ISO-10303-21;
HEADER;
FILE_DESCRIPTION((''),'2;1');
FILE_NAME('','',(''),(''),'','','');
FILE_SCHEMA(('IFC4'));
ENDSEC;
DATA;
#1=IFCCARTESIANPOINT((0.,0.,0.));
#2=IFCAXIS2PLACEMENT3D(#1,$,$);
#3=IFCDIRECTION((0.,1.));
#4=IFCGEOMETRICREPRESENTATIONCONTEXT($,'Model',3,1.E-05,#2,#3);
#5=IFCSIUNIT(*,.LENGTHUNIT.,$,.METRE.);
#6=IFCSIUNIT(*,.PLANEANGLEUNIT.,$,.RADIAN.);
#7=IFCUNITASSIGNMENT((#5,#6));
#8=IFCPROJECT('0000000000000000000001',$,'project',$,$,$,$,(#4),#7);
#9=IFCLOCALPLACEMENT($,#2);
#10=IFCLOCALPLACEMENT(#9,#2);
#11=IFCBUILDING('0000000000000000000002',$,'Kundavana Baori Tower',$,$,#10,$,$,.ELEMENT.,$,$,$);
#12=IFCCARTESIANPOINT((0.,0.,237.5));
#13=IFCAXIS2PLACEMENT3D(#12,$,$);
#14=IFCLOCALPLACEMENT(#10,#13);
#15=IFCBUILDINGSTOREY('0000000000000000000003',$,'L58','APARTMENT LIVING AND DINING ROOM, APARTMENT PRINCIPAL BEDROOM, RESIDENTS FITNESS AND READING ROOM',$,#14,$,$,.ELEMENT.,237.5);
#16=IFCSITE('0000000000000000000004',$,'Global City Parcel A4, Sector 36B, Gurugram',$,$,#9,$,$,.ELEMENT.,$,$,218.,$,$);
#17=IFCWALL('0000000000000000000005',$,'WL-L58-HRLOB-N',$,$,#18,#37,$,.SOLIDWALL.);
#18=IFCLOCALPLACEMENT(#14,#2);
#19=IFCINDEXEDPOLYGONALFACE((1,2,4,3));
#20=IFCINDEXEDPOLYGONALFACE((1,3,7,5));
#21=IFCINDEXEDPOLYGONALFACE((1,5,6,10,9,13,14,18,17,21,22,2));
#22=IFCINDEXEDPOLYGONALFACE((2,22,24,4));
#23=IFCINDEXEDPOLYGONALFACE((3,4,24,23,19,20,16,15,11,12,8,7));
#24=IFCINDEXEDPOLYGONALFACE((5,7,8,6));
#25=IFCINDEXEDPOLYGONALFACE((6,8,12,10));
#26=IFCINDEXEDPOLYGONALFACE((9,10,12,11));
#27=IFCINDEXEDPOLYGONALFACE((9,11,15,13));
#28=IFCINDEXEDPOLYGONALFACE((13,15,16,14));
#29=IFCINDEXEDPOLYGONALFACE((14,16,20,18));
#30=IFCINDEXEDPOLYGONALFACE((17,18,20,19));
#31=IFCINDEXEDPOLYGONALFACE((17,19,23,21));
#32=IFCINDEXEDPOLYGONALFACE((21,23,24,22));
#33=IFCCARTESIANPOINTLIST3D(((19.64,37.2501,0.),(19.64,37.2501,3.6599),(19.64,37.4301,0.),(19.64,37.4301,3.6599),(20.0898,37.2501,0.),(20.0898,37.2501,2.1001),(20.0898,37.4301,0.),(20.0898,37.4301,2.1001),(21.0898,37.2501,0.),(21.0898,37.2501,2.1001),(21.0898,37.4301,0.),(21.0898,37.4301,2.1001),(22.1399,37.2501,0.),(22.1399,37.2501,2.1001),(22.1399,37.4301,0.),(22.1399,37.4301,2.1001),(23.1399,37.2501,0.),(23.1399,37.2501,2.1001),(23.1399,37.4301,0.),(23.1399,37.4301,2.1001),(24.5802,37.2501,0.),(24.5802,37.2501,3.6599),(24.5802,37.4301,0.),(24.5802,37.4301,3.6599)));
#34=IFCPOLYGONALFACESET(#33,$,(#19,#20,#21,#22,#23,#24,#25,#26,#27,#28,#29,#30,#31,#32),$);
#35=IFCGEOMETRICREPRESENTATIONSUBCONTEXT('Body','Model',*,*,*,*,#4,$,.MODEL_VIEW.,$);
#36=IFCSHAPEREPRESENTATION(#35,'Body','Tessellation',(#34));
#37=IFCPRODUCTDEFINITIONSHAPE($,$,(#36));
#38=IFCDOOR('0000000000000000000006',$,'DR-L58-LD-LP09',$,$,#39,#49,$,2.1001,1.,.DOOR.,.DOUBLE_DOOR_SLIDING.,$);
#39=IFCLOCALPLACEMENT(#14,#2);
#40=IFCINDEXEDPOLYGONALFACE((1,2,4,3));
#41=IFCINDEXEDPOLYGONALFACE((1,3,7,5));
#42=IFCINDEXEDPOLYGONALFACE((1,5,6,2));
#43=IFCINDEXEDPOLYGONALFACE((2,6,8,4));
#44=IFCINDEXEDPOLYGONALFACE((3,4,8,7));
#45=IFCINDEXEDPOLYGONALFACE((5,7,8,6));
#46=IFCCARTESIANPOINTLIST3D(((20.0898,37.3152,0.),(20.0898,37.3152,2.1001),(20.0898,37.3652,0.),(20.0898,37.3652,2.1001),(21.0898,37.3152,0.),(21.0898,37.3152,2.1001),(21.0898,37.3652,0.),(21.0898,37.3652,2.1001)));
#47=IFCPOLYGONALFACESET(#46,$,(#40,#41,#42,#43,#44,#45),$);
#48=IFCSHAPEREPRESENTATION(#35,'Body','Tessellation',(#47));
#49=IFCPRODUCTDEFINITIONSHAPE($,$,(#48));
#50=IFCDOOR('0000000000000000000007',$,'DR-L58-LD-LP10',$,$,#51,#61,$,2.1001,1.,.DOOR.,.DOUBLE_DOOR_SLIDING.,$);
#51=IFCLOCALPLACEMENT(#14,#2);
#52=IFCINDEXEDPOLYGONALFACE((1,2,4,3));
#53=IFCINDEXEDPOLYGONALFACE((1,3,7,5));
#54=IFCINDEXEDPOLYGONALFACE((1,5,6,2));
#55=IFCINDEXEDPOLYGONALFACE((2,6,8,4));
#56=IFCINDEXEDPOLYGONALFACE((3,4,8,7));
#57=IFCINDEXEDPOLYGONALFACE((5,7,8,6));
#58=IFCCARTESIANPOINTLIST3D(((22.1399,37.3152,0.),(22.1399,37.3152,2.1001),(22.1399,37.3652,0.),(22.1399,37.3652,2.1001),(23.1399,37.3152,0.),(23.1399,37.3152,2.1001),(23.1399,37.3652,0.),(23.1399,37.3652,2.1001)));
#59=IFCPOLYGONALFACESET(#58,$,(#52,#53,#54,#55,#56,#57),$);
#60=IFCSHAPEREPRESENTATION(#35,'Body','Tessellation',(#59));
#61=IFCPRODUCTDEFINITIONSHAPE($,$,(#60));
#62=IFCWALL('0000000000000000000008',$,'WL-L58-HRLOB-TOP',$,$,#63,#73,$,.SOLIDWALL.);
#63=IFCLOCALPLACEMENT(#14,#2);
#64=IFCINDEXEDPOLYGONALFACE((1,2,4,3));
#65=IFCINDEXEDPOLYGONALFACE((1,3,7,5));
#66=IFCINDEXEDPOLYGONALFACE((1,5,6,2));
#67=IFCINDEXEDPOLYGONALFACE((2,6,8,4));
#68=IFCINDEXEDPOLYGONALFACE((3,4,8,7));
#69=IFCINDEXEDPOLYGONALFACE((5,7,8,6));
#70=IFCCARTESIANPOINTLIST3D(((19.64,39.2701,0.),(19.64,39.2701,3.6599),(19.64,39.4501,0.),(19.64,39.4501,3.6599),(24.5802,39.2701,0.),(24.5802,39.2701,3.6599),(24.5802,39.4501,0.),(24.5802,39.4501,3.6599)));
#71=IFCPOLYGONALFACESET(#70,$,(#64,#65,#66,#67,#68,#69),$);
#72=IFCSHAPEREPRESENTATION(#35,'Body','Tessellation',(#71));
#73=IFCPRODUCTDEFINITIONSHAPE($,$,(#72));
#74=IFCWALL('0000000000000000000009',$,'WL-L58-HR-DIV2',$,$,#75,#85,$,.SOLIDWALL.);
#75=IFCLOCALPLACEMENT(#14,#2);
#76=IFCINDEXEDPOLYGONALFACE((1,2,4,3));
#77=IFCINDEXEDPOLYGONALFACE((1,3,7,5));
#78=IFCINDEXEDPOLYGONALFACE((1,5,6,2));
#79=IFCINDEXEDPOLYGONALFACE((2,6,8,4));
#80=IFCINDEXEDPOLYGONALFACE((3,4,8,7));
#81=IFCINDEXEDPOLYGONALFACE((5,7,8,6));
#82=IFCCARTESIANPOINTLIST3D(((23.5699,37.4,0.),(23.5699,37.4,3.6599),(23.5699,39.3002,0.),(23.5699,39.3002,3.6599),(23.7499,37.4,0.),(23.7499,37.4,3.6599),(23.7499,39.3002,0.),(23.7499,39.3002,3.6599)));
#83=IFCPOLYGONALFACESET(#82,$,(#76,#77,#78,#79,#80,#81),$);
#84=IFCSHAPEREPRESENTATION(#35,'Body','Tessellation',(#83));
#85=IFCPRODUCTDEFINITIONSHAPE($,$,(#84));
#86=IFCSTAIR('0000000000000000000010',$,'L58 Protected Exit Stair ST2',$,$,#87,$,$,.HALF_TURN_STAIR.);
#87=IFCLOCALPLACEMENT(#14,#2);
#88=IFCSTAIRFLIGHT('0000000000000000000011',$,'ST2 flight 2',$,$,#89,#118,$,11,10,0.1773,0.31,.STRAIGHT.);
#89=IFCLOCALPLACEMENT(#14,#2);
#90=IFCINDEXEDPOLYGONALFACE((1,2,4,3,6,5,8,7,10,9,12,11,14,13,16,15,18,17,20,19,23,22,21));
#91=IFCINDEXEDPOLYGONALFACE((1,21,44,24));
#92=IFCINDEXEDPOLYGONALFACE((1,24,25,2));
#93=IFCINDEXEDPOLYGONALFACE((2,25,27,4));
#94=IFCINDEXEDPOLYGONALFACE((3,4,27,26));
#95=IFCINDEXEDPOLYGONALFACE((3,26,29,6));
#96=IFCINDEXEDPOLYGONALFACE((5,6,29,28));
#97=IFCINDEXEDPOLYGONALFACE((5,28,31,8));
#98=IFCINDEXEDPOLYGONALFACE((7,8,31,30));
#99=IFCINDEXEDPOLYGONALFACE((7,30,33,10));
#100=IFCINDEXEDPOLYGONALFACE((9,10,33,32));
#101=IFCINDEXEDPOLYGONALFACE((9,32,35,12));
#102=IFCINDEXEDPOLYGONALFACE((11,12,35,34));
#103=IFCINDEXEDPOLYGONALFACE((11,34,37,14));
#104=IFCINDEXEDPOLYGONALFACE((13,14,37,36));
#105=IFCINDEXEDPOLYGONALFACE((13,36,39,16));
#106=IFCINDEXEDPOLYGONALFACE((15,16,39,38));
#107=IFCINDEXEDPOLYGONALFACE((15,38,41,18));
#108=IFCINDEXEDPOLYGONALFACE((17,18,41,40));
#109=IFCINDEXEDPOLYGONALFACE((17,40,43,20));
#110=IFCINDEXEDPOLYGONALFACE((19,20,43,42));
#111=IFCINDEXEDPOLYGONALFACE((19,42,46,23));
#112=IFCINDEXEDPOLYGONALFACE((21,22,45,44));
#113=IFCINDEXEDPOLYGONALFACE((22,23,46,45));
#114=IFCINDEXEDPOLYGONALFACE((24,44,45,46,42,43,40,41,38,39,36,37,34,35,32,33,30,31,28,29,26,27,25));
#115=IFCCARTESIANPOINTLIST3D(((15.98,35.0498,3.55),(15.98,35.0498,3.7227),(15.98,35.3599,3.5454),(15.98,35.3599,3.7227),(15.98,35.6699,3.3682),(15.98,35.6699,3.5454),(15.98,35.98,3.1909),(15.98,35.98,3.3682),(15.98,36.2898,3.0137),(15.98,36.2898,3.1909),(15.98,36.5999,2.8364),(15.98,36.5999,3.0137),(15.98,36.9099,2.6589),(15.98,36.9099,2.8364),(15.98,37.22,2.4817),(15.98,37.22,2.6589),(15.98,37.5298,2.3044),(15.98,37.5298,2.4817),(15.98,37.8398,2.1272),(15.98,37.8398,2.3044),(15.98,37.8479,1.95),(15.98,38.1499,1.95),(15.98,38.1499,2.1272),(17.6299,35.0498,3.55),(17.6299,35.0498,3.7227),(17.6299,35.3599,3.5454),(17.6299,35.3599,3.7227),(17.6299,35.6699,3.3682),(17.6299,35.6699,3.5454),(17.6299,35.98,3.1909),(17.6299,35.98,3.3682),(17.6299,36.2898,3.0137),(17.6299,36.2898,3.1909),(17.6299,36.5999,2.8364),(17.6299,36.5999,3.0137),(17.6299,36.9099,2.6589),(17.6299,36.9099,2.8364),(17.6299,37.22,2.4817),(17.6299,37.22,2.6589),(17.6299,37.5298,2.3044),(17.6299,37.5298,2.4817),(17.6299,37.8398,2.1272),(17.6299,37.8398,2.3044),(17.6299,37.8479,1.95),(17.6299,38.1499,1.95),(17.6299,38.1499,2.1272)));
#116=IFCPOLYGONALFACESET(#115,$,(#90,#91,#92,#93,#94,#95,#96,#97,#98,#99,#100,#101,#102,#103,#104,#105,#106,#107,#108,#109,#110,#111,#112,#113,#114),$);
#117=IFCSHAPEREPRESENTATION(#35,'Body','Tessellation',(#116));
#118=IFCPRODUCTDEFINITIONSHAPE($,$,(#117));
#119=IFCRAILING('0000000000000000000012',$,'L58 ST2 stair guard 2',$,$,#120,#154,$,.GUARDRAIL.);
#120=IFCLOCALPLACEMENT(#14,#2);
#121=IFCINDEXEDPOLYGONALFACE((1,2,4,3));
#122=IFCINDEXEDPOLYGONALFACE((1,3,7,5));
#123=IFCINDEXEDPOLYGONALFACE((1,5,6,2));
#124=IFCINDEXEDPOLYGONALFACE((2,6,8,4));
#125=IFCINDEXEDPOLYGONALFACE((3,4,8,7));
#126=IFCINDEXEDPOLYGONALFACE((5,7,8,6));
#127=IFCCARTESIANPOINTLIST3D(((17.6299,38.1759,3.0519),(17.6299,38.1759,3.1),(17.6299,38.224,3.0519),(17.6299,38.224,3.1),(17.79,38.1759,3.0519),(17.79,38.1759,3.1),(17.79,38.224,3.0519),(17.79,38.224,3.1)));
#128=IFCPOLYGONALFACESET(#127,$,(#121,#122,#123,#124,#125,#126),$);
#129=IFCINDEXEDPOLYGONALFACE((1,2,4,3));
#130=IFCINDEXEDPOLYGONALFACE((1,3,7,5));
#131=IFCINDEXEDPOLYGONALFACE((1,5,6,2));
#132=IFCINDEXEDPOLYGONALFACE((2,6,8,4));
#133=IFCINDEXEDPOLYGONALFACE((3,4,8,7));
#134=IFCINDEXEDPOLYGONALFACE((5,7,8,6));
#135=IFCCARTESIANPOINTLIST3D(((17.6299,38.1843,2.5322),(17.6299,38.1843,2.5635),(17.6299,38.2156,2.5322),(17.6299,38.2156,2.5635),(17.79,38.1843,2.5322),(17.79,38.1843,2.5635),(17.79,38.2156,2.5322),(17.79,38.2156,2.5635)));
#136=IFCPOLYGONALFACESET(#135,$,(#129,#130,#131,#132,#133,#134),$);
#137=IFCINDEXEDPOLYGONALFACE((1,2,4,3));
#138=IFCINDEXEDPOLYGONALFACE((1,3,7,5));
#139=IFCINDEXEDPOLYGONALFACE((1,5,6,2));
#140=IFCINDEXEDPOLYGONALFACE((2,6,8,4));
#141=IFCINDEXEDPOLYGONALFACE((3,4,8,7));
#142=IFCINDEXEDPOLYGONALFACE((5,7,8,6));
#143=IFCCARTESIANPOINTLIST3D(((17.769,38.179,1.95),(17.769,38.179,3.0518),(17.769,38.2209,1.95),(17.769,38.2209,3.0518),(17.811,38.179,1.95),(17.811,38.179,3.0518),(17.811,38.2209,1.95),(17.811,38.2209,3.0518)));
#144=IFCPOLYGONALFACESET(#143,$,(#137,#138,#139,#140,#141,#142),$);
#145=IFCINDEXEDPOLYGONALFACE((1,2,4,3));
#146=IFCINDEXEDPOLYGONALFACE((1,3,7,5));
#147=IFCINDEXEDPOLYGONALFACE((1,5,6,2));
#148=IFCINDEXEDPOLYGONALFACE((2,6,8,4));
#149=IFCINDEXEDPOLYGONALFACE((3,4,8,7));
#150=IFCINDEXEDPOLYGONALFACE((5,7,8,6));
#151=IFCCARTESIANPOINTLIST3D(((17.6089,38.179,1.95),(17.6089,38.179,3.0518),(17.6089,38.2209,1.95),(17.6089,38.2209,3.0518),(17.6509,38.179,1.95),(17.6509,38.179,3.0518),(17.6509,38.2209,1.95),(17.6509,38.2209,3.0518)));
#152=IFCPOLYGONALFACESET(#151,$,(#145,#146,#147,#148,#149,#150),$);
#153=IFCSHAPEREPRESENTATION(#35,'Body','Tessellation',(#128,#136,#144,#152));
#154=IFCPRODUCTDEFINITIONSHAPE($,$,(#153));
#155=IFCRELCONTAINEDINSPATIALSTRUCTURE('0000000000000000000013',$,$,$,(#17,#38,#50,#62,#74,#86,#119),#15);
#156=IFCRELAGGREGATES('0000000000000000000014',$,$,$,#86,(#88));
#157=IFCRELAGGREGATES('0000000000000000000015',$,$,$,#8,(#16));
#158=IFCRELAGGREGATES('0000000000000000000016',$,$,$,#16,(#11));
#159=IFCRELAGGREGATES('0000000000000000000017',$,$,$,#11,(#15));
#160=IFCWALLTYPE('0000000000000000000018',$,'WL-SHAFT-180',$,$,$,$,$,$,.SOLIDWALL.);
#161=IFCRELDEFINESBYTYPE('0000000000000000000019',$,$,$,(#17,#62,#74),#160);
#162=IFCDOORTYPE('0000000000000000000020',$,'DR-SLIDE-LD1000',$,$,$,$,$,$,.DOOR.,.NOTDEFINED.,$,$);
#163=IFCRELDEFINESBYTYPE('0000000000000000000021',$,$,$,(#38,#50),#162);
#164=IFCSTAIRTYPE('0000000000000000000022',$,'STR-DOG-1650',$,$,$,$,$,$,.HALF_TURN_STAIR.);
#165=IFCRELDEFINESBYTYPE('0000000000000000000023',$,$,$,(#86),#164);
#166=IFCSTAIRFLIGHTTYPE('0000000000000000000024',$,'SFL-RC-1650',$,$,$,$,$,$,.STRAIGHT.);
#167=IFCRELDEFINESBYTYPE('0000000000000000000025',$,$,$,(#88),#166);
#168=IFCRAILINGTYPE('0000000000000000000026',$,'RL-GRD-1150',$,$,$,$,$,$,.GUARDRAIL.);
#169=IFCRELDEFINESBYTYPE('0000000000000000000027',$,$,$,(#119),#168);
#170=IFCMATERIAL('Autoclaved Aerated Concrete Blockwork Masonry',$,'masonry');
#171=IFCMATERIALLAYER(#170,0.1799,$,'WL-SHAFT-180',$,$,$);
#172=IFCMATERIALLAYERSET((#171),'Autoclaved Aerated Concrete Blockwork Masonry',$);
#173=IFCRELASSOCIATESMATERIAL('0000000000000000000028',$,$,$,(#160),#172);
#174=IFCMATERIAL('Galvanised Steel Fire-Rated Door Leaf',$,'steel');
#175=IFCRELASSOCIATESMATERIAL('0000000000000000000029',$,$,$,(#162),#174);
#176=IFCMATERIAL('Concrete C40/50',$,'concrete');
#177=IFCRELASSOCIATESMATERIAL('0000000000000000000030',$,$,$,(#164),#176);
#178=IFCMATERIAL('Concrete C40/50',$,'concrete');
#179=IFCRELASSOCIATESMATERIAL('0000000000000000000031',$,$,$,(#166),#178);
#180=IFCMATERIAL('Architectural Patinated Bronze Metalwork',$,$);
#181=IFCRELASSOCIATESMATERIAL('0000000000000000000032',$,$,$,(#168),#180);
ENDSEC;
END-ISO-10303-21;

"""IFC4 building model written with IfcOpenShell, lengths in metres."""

from ifc_helpers import new_model, si_unit, direction, frame, frame_2d, origin, origin_2d, place, context, subcontext, project, spatial, polyline, rectangle, outline, extrude, material, layer, layer_set, type_object, element, fill, aggregate, save


model = new_model("IFC4")

# Units and contexts
model_context = context("Model", 3, precision=1e-05, world=origin(), true_north=direction((0.0, 1.0)))
body_context = subcontext(model_context, "Body", "Model", "MODEL_VIEW")
ifc_project = project(units=[si_unit("LENGTHUNIT", "METRE"), si_unit("PLANEANGLEUNIT", "RADIAN")], contexts=[model_context])

# Site, building, storey
site_placement = place(None, origin())
site = spatial("IfcSite", under=ifc_project, at=site_placement, Name="Global City Parcel A4, Sector 36B, Gurugram", CompositionType="ELEMENT", RefElevation=218.0)
building_placement = place(site_placement, origin())
building = spatial("IfcBuilding", under=site, at=building_placement, Name="Kundavana Baori Tower", CompositionType="ELEMENT")
storey_placement = place(building_placement, frame((0.0, 0.0, 237.5)))
storey = spatial("IfcBuildingStorey", under=building, at=storey_placement, Name="L58", Description="APARTMENT LIVING AND DINING ROOM, APARTMENT PRINCIPAL BEDROOM, RESIDENTS FITNESS AND READING ROOM", CompositionType="ELEMENT", Elevation=237.5)

# Wall, openings, doors
ifc_material_1 = material(Name="Autoclaved Aerated Concrete Blockwork Masonry", Category="masonry")
ifc_layer_1 = layer(ifc_material_1, 0.1799, Name="WL-SHAFT-180")
ifc_layer_set_1 = layer_set([ifc_layer_1], Name="Autoclaved Aerated Concrete Blockwork Masonry")
wall_type_1 = type_object("IfcWallType", Name="WL-SHAFT-180", PredefinedType="SOLIDWALL", material=ifc_layer_set_1)
wall_1_placement = place(storey_placement, frame((19.6399, 37.3401, 0.0), z_axis=(0.0, 0.0, 1.0), x_axis=(1.0, 0.0, 0.0)))
wall_1 = element("IfcWall", 1, at=wall_1_placement, inside=storey, type_object=wall_type_1, Name="WL-L58-HRLOB-N", PredefinedType="SOLIDWALL", context=body_context, shape_type="SweptSolid", body=[
    extrude(rectangle(XDim=4.9402, YDim=0.1799, at=frame_2d((2.4702, 0.0))), origin(), (0.0, 0.0, 1.0), 3.6599),
])
opening_1_placement = place(wall_1_placement, frame((0.45, 0.0, 0.0)))
opening_1 = element("IfcOpeningElement", 2, at=opening_1_placement, cuts=wall_1, PredefinedType="OPENING", context=body_context, shape_type="SweptSolid", body=[
    extrude(rectangle(XDim=1.0, YDim=2.1001, at=frame_2d((0.5, 1.05))), frame((0.0, 0.1001, 0.0), z_axis=(0.0, -1.0, 0.0), x_axis=(1.0, 0.0, 0.0)), (0.0, 0.0, 1.0), 0.2),
])
opening_2_placement = place(wall_1_placement, frame((2.5, 0.0, 0.0)))
opening_2 = element("IfcOpeningElement", 3, at=opening_2_placement, cuts=wall_1, PredefinedType="OPENING", context=body_context, shape_type="SweptSolid", body=[
    extrude(rectangle(XDim=1.0, YDim=2.1001, at=frame_2d((0.5, 1.05))), frame((0.0, 0.1001, 0.0), z_axis=(0.0, -1.0, 0.0), x_axis=(1.0, 0.0, 0.0)), (0.0, 0.0, 1.0), 0.2),
])
ifc_material_2 = material(Name="Galvanised Steel Fire-Rated Door Leaf", Category="steel")
door_type_1 = type_object("IfcDoorType", Name="DR-SLIDE-LD1000", OperationType="NOTDEFINED", PredefinedType="DOOR", material=ifc_material_2)
door_1_placement = place(opening_1_placement, frame((1.0, 0.0, 0.0), z_axis=(0.0, 0.0, 1.0), x_axis=(-1.0, 0.0, 0.0)))
door_1 = element("IfcDoor", 4, at=door_1_placement, inside=storey, type_object=door_type_1, Name="DR-L58-LD-LP09", OperationType="DOUBLE_DOOR_SLIDING", OverallHeight=2.1001, OverallWidth=1.0, PredefinedType="DOOR", context=body_context, shape_type="SweptSolid", body=[
    extrude(rectangle(XDim=1.0, YDim=2.1001, at=frame_2d((0.5, 1.05))), frame((0.0, 0.0249, 0.0), z_axis=(0.0, -1.0, 0.0), x_axis=(1.0, 0.0, 0.0)), (0.0, 0.0, 1.0), 0.05),
])
fill(opening_1, door_1)
door_2_placement = place(opening_2_placement, frame((1.0, 0.0, 0.0), z_axis=(0.0, 0.0, 1.0), x_axis=(-1.0, 0.0, 0.0)))
door_2 = element("IfcDoor", 5, at=door_2_placement, inside=storey, type_object=door_type_1, Name="DR-L58-LD-LP10", OperationType="DOUBLE_DOOR_SLIDING", OverallHeight=2.1001, OverallWidth=1.0, PredefinedType="DOOR", context=body_context, shape_type="SweptSolid", body=[
    extrude(rectangle(XDim=1.0, YDim=2.1001, at=frame_2d((0.5, 1.05))), frame((0.0, 0.0249, 0.0), z_axis=(0.0, -1.0, 0.0), x_axis=(1.0, 0.0, 0.0)), (0.0, 0.0, 1.0), 0.05),
])
fill(opening_2, door_2)

# Walls
wall_2_placement = place(storey_placement, frame((19.6399, 39.3601, 0.0), z_axis=(0.0, 0.0, 1.0), x_axis=(1.0, 0.0, 0.0)))
element("IfcWall", 6, at=wall_2_placement, inside=storey, type_object=wall_type_1, Name="WL-L58-HRLOB-TOP", PredefinedType="SOLIDWALL", context=body_context, shape_type="SweptSolid", body=[
    extrude(rectangle(XDim=4.9402, YDim=0.1799, at=frame_2d((2.4702, 0.0))), origin(), (0.0, 0.0, 1.0), 3.6599),
])
wall_3_placement = place(storey_placement, frame((23.6599, 37.3999, 0.0), z_axis=(0.0, 0.0, 1.0), x_axis=(0.0, 1.0, 0.0)))
element("IfcWall", 7, at=wall_3_placement, inside=storey, type_object=wall_type_1, Name="WL-L58-HR-DIV2", PredefinedType="SOLIDWALL", context=body_context, shape_type="SweptSolid", body=[
    extrude(rectangle(XDim=1.9001, YDim=0.1799, at=frame_2d((0.9502, 0.0))), origin(), (0.0, 0.0, 1.0), 3.6599),
])

# Stair, stair flight
ifc_material_3 = material(Name="Concrete C40/50", Category="concrete")
stair_type = type_object("IfcStairType", Name="STR-DOG-1650", PredefinedType="HALF_TURN_STAIR", material=ifc_material_3)
stair_placement = place(storey_placement, origin())
stair = element("IfcStair", 8, at=stair_placement, inside=storey, type_object=stair_type, Name="L58 Protected Exit Stair ST2", PredefinedType="HALF_TURN_STAIR")
ifc_material_4 = material(Name="Concrete C40/50", Category="concrete")
stair_flight_type = type_object("IfcStairFlightType", Name="SFL-RC-1650", PredefinedType="STRAIGHT", material=ifc_material_4)
stair_flight_placement = place(storey_placement, frame((16.8049, 38.1499, 1.95), z_axis=(0.0, 0.0, 1.0), x_axis=(0.0, -1.0, 0.0)))
stair_flight = element("IfcStairFlight", 9, at=stair_flight_placement, type_object=stair_flight_type, Name="ST2 flight 2", NumberOfRisers=11, NumberOfTreads=10, PredefinedType="STRAIGHT", RiserHeight=0.1773, TreadLength=0.31, context=body_context, shape_type="SweptSolid", body=[
    extrude(outline(polyline([(0.0, 0.0), (0.0, 0.1772), (0.3101, 0.1772), (0.3101, 0.3545), (0.6201, 0.3545), (0.6201, 0.5317), (0.9299, 0.5317), (0.9299, 0.709), (1.24, 0.709), (1.24, 0.8865), (1.55, 0.8865), (1.55, 1.0637), (1.8601, 1.0637), (1.8601, 1.241), (2.1699, 1.241), (2.1699, 1.4182), (2.48, 1.4182), (2.48, 1.5955), (2.79, 1.5955), (2.79, 1.7727), (3.1001, 1.7727), (3.1001, 1.95), (3.1001, 1.6001), (0.302, 0.0), (0.0, 0.0)])), frame((0.0, 0.825, 0.0), z_axis=(0.0, -1.0, 0.0), x_axis=(1.0, 0.0, 0.0)), (0.0, 0.0, 1.0), 1.6499),
])
aggregate(stair, [stair_flight])

# Railing
ifc_material_5 = material(Name="Architectural Patinated Bronze Metalwork")
railing_type_1 = type_object("IfcRailingType", Name="RL-GRD-1150", PredefinedType="GUARDRAIL", material=ifc_material_5)
railing_1_placement = place(storey_placement, frame((17.79, 38.2, 1.95)))
element("IfcRailing", 10, at=railing_1_placement, inside=storey, type_object=railing_type_1, Name="L58 ST2 stair guard 2", PredefinedType="GUARDRAIL", context=body_context, shape_type="SweptSolid", body=[
    extrude(rectangle(XDim=0.0481, YDim=0.0481, at=origin_2d()), frame((0.0, 0.0, 1.126), z_axis=(-1.0, 0.0, 0.0), x_axis=(0.0, -1.0, 0.0)), (0.0, 0.0, 1.0), 0.1602),
    extrude(rectangle(XDim=0.0312, YDim=0.0312, at=origin_2d()), frame((0.0, 0.0, 0.5979), z_axis=(-1.0, 0.0, 0.0), x_axis=(0.0, -1.0, 0.0)), (0.0, 0.0, 1.0), 0.1602),
    extrude(rectangle(XDim=0.042, YDim=0.042, at=origin_2d()), origin(), (0.0, 0.0, 1.0), 1.1018),
    extrude(rectangle(XDim=0.042, YDim=0.042, at=origin_2d()), frame((-0.1602, 0.0, 0.0)), (0.0, 0.0, 1.0), 1.1018),
])

save(model, "model.ifc")
